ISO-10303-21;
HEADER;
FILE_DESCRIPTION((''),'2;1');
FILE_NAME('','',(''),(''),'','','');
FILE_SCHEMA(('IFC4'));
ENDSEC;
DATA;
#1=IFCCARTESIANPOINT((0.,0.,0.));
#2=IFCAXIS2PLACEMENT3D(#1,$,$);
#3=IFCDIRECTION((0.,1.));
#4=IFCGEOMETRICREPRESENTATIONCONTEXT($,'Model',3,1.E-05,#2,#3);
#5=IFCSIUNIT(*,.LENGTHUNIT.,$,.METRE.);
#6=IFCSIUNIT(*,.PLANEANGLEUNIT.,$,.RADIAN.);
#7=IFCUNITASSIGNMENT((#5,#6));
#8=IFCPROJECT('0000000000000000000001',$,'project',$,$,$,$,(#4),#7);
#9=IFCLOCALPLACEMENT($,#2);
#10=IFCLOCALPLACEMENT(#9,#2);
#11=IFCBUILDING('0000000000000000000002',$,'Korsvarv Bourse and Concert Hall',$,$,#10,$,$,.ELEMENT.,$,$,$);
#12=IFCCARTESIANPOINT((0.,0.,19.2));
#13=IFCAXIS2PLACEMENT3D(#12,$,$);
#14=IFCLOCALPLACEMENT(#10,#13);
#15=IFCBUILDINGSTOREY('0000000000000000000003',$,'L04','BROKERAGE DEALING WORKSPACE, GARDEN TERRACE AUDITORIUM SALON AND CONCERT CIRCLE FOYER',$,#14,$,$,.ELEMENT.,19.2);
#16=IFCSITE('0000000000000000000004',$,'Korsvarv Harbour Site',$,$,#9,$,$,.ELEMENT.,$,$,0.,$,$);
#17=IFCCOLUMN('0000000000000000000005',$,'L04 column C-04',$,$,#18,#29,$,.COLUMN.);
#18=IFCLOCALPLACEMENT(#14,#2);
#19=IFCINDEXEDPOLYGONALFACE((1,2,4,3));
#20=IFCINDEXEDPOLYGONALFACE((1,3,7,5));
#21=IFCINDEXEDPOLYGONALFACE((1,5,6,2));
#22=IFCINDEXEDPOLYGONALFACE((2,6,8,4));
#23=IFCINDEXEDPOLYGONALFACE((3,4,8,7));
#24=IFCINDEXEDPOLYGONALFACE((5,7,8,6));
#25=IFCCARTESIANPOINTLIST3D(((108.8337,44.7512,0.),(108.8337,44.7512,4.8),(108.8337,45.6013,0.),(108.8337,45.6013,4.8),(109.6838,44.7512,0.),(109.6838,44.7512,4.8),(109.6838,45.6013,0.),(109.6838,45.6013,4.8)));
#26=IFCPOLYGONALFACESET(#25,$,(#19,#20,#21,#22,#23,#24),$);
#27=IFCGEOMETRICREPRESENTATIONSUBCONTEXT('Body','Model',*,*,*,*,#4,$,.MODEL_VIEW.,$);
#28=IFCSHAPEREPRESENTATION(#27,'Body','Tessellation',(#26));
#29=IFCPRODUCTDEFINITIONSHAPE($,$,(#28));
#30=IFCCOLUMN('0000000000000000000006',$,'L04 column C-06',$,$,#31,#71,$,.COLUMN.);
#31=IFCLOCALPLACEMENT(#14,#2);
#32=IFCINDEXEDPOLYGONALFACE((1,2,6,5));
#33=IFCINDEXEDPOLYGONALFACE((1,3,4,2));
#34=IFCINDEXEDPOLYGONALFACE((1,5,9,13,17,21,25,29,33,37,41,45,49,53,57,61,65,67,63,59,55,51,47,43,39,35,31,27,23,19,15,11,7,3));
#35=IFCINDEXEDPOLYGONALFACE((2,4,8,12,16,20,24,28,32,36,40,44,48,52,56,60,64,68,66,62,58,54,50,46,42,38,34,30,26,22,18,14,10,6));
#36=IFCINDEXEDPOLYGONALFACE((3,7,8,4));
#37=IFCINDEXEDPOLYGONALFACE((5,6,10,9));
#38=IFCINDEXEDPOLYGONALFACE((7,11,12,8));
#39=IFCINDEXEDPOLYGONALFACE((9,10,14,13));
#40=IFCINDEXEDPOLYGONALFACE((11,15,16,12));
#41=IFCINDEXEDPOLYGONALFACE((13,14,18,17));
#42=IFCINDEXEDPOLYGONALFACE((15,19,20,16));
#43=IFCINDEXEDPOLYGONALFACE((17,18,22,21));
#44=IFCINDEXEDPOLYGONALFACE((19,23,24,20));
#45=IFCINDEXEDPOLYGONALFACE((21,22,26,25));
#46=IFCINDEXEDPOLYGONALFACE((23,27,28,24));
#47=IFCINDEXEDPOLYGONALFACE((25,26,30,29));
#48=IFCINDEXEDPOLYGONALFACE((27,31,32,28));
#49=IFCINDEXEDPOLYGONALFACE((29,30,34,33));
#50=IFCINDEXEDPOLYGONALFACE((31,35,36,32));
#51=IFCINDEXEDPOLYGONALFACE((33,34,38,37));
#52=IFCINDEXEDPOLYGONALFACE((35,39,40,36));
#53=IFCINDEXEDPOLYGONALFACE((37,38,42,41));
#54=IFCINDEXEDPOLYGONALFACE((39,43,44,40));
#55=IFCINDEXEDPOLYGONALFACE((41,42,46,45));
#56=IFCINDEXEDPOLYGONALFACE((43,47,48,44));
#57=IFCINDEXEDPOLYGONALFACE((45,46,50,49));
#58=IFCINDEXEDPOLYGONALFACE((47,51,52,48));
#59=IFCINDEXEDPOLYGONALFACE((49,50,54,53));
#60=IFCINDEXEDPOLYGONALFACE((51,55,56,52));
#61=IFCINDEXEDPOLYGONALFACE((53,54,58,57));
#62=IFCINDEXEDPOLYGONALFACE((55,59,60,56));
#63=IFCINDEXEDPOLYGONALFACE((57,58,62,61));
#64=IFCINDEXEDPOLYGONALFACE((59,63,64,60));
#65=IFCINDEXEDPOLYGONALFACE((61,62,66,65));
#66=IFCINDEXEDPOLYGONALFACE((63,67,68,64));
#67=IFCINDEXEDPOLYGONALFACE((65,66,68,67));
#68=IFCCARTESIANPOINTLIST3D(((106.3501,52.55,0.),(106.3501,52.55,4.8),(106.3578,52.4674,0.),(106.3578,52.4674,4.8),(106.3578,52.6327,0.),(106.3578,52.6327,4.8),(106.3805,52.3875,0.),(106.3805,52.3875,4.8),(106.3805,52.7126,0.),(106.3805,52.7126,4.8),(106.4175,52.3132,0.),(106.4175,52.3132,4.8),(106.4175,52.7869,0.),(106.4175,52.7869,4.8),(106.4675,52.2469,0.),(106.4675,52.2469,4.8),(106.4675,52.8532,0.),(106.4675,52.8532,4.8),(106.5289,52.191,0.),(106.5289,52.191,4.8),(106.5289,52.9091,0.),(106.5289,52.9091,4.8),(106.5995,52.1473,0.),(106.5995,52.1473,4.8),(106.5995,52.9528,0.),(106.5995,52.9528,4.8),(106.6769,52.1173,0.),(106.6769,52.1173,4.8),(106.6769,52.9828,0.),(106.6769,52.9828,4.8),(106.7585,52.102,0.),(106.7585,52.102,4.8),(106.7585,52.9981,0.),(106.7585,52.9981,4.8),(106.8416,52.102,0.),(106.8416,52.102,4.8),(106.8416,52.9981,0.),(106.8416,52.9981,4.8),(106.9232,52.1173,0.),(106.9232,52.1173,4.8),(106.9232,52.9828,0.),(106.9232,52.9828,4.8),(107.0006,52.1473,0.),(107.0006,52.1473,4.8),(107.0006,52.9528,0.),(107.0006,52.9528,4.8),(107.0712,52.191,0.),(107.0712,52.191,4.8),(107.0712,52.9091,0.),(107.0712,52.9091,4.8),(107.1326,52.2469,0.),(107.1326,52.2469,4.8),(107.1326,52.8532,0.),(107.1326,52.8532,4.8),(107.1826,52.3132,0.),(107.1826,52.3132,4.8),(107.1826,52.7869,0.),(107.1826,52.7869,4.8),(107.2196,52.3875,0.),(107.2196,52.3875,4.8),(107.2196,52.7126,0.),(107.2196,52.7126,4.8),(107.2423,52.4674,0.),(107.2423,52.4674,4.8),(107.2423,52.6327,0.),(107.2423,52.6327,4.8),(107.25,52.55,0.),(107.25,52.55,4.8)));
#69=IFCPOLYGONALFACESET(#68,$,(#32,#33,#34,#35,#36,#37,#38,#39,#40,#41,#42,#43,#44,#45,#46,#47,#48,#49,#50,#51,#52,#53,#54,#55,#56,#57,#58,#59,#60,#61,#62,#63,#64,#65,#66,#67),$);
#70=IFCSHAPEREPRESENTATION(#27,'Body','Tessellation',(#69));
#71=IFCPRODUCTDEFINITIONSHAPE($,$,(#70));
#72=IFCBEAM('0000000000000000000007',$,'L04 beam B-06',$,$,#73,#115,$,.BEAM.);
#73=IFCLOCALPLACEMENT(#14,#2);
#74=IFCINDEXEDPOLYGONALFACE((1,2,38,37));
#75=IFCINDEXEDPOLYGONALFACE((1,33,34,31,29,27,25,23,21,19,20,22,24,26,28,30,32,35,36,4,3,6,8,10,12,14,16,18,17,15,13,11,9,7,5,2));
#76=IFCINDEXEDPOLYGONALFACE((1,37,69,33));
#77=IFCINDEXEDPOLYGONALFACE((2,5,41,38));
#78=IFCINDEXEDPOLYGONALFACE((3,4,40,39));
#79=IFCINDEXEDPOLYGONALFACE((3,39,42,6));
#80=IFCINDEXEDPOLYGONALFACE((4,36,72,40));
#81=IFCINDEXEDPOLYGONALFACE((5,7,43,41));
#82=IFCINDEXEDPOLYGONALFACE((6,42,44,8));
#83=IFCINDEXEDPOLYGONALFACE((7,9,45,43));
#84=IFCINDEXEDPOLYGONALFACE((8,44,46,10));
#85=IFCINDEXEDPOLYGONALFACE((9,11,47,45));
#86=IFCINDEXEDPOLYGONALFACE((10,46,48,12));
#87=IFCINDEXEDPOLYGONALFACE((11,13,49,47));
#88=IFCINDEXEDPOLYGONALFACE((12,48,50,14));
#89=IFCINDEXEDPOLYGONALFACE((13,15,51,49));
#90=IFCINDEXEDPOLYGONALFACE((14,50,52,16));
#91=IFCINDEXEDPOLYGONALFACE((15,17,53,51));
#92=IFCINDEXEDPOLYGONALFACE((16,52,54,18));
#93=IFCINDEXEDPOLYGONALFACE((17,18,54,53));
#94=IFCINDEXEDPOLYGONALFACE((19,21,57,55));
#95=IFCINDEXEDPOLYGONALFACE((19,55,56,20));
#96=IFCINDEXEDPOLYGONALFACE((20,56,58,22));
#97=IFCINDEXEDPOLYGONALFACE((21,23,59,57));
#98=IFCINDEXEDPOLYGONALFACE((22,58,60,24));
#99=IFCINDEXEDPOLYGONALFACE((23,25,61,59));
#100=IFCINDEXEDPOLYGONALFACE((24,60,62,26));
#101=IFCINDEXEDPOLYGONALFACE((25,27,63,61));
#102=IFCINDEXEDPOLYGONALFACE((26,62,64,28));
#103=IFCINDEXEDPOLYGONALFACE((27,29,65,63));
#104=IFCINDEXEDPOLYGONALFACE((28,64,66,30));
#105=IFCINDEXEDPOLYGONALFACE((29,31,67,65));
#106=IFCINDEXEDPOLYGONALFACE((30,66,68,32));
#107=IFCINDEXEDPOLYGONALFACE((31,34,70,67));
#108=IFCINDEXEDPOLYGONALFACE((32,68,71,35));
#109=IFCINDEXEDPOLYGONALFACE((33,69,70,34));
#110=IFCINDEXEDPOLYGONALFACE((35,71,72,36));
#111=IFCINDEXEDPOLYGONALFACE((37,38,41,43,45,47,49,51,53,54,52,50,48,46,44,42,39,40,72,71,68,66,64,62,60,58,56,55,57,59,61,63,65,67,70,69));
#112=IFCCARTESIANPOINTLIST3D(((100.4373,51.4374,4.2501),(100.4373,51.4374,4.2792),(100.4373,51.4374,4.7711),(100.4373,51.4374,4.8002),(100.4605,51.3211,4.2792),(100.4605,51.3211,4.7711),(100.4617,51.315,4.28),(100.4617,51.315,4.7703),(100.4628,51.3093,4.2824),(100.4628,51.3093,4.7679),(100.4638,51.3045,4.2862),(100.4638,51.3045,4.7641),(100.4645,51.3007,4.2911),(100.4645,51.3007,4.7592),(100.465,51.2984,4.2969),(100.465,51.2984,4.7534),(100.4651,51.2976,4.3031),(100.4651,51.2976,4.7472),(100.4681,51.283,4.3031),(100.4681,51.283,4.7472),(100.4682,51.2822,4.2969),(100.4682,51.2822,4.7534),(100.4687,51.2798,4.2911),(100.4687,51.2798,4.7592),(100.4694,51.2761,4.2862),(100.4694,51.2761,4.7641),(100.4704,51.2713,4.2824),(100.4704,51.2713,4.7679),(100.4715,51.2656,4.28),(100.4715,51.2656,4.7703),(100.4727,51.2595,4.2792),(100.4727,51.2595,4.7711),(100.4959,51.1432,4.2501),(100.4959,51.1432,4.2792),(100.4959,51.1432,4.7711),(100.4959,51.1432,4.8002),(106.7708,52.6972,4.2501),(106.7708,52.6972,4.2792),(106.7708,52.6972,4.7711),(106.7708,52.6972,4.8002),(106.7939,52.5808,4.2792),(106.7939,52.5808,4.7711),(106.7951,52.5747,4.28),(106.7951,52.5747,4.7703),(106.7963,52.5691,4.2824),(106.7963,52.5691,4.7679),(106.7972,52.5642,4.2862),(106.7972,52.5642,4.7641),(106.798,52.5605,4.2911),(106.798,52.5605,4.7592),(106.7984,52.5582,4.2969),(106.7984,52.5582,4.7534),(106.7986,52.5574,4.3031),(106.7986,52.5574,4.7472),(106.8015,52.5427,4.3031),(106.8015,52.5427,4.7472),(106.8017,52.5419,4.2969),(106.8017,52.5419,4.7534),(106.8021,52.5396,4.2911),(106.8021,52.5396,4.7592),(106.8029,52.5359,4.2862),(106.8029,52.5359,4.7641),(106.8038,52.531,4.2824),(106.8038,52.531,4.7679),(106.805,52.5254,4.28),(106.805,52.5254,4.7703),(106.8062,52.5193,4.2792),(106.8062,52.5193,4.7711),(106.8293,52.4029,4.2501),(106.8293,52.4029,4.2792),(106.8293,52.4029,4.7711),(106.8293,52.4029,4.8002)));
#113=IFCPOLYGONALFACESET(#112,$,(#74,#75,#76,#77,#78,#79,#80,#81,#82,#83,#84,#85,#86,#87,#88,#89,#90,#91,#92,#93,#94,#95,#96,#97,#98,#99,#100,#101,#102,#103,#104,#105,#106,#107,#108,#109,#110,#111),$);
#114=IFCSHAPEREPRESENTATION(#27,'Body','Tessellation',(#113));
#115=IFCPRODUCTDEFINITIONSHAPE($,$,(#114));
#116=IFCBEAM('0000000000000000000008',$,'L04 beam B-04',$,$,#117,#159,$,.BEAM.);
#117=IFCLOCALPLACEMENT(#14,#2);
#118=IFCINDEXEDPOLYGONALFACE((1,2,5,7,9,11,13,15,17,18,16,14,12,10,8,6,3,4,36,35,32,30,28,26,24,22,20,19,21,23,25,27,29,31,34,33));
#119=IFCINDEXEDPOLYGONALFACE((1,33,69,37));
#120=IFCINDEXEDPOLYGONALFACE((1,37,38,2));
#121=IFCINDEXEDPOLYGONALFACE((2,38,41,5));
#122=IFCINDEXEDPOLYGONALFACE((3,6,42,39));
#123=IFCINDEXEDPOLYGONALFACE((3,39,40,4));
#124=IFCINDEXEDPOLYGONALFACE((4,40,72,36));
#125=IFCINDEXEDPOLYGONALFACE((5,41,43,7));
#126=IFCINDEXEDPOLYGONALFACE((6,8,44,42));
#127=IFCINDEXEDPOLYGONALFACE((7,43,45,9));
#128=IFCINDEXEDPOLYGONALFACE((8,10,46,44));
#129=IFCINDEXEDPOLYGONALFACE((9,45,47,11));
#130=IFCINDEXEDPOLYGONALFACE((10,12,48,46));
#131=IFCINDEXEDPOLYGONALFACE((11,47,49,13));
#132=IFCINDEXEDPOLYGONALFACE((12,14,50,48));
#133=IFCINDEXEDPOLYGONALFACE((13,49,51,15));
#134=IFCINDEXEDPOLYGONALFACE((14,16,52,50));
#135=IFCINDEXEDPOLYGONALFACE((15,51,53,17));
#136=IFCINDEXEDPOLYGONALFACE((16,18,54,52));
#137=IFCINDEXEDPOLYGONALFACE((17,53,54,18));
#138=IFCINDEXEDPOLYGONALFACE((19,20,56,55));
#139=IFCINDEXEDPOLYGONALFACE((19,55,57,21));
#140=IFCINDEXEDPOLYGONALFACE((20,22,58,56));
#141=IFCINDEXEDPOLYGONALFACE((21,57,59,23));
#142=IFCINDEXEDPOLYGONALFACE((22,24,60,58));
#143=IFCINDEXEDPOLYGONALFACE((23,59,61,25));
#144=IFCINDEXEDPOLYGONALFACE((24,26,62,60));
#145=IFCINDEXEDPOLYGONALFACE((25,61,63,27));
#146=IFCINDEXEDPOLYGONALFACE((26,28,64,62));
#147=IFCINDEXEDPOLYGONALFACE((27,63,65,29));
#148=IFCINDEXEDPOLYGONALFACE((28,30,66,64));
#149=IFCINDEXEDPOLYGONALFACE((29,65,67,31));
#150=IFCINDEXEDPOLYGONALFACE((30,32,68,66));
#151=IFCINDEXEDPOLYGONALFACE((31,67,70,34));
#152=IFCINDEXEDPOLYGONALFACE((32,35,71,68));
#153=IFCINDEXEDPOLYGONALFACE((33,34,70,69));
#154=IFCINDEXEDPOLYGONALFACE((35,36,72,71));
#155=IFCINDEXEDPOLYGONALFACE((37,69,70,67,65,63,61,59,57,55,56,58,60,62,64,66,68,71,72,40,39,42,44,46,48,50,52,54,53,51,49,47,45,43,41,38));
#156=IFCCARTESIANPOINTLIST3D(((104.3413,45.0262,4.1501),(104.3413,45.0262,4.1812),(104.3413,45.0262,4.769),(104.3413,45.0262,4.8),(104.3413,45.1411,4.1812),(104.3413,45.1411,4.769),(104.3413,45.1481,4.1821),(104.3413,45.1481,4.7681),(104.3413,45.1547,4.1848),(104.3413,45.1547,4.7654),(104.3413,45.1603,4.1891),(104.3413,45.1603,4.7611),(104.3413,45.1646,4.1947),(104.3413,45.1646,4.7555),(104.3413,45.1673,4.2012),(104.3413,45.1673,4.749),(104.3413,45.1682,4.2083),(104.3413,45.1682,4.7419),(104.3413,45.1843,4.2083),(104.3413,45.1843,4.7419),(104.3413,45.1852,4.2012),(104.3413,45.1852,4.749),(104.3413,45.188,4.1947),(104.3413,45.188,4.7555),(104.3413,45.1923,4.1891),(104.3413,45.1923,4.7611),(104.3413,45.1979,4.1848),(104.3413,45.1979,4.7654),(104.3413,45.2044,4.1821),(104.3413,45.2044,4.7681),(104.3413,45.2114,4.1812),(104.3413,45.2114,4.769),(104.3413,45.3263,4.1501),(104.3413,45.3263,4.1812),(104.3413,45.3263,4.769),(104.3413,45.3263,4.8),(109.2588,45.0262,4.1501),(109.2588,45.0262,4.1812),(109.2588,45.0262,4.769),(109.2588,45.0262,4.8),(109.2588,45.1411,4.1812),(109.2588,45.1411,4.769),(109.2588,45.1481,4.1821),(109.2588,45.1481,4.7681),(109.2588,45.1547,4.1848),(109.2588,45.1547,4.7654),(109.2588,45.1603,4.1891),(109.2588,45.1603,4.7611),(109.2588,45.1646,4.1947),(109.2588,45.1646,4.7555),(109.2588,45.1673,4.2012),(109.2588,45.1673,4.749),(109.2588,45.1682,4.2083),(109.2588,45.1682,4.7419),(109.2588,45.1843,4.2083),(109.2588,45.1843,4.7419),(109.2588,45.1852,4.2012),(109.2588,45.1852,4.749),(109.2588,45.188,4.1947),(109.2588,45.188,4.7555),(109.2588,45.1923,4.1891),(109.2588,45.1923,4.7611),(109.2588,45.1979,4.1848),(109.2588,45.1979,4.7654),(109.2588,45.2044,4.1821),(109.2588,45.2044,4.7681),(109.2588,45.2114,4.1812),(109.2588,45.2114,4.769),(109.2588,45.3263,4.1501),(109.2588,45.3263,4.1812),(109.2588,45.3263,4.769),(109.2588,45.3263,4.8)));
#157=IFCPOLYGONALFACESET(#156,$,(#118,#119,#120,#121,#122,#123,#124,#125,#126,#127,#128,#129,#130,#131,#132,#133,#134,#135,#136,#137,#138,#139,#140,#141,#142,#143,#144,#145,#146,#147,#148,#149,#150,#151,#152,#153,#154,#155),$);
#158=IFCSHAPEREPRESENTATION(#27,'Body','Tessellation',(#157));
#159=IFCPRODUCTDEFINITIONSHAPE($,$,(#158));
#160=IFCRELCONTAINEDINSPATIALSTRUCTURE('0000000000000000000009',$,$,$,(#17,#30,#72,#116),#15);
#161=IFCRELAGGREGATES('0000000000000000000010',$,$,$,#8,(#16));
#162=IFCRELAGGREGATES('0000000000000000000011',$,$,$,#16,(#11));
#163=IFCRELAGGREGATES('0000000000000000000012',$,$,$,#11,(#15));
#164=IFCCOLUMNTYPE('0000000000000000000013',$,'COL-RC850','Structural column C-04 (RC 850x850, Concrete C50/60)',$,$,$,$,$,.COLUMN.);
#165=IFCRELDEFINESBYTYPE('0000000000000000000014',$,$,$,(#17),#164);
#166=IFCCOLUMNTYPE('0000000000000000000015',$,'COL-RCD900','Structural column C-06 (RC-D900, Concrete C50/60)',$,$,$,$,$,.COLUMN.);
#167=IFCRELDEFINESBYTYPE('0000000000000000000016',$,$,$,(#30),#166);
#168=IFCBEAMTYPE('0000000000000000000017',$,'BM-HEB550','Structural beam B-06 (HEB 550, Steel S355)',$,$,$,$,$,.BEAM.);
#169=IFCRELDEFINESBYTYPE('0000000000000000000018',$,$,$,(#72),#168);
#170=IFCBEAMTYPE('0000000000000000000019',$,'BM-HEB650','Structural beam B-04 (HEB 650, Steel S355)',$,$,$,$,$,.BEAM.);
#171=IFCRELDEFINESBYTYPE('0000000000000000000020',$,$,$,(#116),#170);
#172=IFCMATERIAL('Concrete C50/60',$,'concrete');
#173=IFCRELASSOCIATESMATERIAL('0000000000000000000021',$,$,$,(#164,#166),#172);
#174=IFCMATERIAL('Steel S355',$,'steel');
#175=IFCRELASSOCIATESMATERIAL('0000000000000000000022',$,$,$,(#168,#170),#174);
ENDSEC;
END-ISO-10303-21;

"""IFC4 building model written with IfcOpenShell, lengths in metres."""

from ifc_helpers import new_model, si_unit, direction, frame, origin, origin_2d, place, context, subcontext, project, spatial, rectangle, circle, i_section, extrude, source, transform, mapped, material, material_profile, profile_set, type_object, element, save


model = new_model("IFC4")

# Units and contexts
model_context = context("Model", 3, precision=1e-05, world=origin(), true_north=direction((0.0, 1.0)))
body_context = subcontext(model_context, "Body", "Model", "MODEL_VIEW")
ifc_project = project(units=[si_unit("LENGTHUNIT", "METRE"), si_unit("PLANEANGLEUNIT", "RADIAN")], contexts=[model_context])

# Site, building, storey
site_placement = place(None, origin())
site = spatial("IfcSite", under=ifc_project, at=site_placement, Name="Korsvarv Harbour Site", CompositionType="ELEMENT", RefElevation=0.0)
building_placement = place(site_placement, origin())
building = spatial("IfcBuilding", under=site, at=building_placement, Name="Korsvarv Bourse and Concert Hall", CompositionType="ELEMENT")
storey_placement = place(building_placement, frame((0.0, 0.0, 19.2)))
storey = spatial("IfcBuildingStorey", under=building, at=storey_placement, Name="L04", Description="BROKERAGE DEALING WORKSPACE, GARDEN TERRACE AUDITORIUM SALON AND CONCERT CIRCLE FOYER", CompositionType="ELEMENT", Elevation=19.2)

# Columns
ifc_material_1 = material(Name="Concrete C50/60", Category="concrete")
ifc_material_profile_1 = material_profile(ifc_material_1, rectangle(XDim=0.8501, YDim=0.8501, at=origin_2d()), Name="RC 850x850")
ifc_profile_set_1 = profile_set([ifc_material_profile_1], Name="Concrete C50/60")
column_type_1 = type_object("IfcColumnType", Name="COL-RC850", Description="Structural column C-04 (RC 850x850, Concrete C50/60)", PredefinedType="COLUMN", material=ifc_profile_set_1)
shared_shape_1 = source(origin(), body_context, "Body", "SweptSolid", [
    extrude(rectangle(XDim=0.8501, YDim=0.8501, at=origin_2d()), origin(), (0.0, 0.0, 1.0), 4.8),
])
column_1_placement = place(storey_placement, frame((109.2588, 45.1763, 0.0), z_axis=(0.0, 0.0, 1.0), x_axis=(1.0, 0.0, 0.0)))
element("IfcColumn", 1, at=column_1_placement, inside=storey, type_object=column_type_1, Name="L04 column C-04", PredefinedType="COLUMN", context=body_context, shape_type="MappedRepresentation", body=[
    mapped(shared_shape_1, transform((0.0, 0.0, 0.0), scale=1.0)),
])
ifc_material_profile_2 = material_profile(ifc_material_1, circle(Radius=0.45, at=origin_2d()), Name="RC-D900")
ifc_profile_set_2 = profile_set([ifc_material_profile_2], Name="Concrete C50/60")
column_type_2 = type_object("IfcColumnType", Name="COL-RCD900", Description="Structural column C-06 (RC-D900, Concrete C50/60)", PredefinedType="COLUMN", material=ifc_profile_set_2)
shared_shape_2 = source(origin(), body_context, "Body", "SweptSolid", [
    extrude(circle(Radius=0.45, at=origin_2d()), origin(), (0.0, 0.0, 1.0), 4.8),
])
column_2_placement = place(storey_placement, frame((106.8, 52.55, 0.0), z_axis=(0.0, 0.0, 1.0), x_axis=(1.0, 0.0, 0.0)))
element("IfcColumn", 2, at=column_2_placement, inside=storey, type_object=column_type_2, Name="L04 column C-06", PredefinedType="COLUMN", context=body_context, shape_type="MappedRepresentation", body=[
    mapped(shared_shape_2, transform((0.0, 0.0, 0.0), scale=1.0)),
])

# Beams
ifc_material_2 = material(Name="Steel S355", Category="steel")
ifc_material_profile_3 = material_profile(ifc_material_2, i_section(OverallWidth=0.3, OverallDepth=0.55, WebThickness=0.0149, FlangeThickness=0.0291, FilletRadius=0.0239, at=origin_2d()), Name="HEB 550")
ifc_profile_set_3 = profile_set([ifc_material_profile_3], Name="Steel S355")
beam_type_1 = type_object("IfcBeamType", Name="BM-HEB550", Description="Structural beam B-06 (HEB 550, Steel S355)", PredefinedType="BEAM", material=ifc_profile_set_3)
shared_shape_3 = source(origin(), body_context, "Body", "SweptSolid", [
    extrude(i_section(OverallWidth=0.3, OverallDepth=0.55, WebThickness=0.0149, FlangeThickness=0.0291, FilletRadius=0.0239, at=origin_2d()), origin(), (0.0, 0.0, 1.0), 6.4575),
])
beam_1_placement = place(storey_placement, frame((106.8, 52.55, 4.5251), z_axis=(-0.980787, -0.195084, 0.0), x_axis=(0.195084, -0.980787, 0.0)))
element("IfcBeam", 3, at=beam_1_placement, inside=storey, type_object=beam_type_1, Name="L04 beam B-06", PredefinedType="BEAM", context=body_context, shape_type="MappedRepresentation", body=[
    mapped(shared_shape_3, transform((0.0, 0.0, 0.0), scale=1.0)),
])
ifc_material_profile_4 = material_profile(ifc_material_2, i_section(OverallWidth=0.3, OverallDepth=0.6499, WebThickness=0.0161, FlangeThickness=0.031, FilletRadius=0.0271, at=origin_2d()), Name="HEB 650")
ifc_profile_set_4 = profile_set([ifc_material_profile_4], Name="Steel S355")
beam_type_2 = type_object("IfcBeamType", Name="BM-HEB650", Description="Structural beam B-04 (HEB 650, Steel S355)", PredefinedType="BEAM", material=ifc_profile_set_4)
shared_shape_4 = source(origin(), body_context, "Body", "SweptSolid", [
    extrude(i_section(OverallWidth=0.3, OverallDepth=0.6499, WebThickness=0.0161, FlangeThickness=0.031, FilletRadius=0.0271, at=origin_2d()), origin(), (0.0, 0.0, 1.0), 4.9175),
])
beam_2_placement = place(storey_placement, frame((109.2588, 45.1763, 4.4751), z_axis=(-1.0, 0.0, 0.0), x_axis=(0.0, -1.0, 0.0)))
element("IfcBeam", 4, at=beam_2_placement, inside=storey, type_object=beam_type_2, Name="L04 beam B-04", PredefinedType="BEAM", context=body_context, shape_type="MappedRepresentation", body=[
    mapped(shared_shape_4, transform((0.0, 0.0, 0.0), scale=1.0)),
])

save(model, "model.ifc")
